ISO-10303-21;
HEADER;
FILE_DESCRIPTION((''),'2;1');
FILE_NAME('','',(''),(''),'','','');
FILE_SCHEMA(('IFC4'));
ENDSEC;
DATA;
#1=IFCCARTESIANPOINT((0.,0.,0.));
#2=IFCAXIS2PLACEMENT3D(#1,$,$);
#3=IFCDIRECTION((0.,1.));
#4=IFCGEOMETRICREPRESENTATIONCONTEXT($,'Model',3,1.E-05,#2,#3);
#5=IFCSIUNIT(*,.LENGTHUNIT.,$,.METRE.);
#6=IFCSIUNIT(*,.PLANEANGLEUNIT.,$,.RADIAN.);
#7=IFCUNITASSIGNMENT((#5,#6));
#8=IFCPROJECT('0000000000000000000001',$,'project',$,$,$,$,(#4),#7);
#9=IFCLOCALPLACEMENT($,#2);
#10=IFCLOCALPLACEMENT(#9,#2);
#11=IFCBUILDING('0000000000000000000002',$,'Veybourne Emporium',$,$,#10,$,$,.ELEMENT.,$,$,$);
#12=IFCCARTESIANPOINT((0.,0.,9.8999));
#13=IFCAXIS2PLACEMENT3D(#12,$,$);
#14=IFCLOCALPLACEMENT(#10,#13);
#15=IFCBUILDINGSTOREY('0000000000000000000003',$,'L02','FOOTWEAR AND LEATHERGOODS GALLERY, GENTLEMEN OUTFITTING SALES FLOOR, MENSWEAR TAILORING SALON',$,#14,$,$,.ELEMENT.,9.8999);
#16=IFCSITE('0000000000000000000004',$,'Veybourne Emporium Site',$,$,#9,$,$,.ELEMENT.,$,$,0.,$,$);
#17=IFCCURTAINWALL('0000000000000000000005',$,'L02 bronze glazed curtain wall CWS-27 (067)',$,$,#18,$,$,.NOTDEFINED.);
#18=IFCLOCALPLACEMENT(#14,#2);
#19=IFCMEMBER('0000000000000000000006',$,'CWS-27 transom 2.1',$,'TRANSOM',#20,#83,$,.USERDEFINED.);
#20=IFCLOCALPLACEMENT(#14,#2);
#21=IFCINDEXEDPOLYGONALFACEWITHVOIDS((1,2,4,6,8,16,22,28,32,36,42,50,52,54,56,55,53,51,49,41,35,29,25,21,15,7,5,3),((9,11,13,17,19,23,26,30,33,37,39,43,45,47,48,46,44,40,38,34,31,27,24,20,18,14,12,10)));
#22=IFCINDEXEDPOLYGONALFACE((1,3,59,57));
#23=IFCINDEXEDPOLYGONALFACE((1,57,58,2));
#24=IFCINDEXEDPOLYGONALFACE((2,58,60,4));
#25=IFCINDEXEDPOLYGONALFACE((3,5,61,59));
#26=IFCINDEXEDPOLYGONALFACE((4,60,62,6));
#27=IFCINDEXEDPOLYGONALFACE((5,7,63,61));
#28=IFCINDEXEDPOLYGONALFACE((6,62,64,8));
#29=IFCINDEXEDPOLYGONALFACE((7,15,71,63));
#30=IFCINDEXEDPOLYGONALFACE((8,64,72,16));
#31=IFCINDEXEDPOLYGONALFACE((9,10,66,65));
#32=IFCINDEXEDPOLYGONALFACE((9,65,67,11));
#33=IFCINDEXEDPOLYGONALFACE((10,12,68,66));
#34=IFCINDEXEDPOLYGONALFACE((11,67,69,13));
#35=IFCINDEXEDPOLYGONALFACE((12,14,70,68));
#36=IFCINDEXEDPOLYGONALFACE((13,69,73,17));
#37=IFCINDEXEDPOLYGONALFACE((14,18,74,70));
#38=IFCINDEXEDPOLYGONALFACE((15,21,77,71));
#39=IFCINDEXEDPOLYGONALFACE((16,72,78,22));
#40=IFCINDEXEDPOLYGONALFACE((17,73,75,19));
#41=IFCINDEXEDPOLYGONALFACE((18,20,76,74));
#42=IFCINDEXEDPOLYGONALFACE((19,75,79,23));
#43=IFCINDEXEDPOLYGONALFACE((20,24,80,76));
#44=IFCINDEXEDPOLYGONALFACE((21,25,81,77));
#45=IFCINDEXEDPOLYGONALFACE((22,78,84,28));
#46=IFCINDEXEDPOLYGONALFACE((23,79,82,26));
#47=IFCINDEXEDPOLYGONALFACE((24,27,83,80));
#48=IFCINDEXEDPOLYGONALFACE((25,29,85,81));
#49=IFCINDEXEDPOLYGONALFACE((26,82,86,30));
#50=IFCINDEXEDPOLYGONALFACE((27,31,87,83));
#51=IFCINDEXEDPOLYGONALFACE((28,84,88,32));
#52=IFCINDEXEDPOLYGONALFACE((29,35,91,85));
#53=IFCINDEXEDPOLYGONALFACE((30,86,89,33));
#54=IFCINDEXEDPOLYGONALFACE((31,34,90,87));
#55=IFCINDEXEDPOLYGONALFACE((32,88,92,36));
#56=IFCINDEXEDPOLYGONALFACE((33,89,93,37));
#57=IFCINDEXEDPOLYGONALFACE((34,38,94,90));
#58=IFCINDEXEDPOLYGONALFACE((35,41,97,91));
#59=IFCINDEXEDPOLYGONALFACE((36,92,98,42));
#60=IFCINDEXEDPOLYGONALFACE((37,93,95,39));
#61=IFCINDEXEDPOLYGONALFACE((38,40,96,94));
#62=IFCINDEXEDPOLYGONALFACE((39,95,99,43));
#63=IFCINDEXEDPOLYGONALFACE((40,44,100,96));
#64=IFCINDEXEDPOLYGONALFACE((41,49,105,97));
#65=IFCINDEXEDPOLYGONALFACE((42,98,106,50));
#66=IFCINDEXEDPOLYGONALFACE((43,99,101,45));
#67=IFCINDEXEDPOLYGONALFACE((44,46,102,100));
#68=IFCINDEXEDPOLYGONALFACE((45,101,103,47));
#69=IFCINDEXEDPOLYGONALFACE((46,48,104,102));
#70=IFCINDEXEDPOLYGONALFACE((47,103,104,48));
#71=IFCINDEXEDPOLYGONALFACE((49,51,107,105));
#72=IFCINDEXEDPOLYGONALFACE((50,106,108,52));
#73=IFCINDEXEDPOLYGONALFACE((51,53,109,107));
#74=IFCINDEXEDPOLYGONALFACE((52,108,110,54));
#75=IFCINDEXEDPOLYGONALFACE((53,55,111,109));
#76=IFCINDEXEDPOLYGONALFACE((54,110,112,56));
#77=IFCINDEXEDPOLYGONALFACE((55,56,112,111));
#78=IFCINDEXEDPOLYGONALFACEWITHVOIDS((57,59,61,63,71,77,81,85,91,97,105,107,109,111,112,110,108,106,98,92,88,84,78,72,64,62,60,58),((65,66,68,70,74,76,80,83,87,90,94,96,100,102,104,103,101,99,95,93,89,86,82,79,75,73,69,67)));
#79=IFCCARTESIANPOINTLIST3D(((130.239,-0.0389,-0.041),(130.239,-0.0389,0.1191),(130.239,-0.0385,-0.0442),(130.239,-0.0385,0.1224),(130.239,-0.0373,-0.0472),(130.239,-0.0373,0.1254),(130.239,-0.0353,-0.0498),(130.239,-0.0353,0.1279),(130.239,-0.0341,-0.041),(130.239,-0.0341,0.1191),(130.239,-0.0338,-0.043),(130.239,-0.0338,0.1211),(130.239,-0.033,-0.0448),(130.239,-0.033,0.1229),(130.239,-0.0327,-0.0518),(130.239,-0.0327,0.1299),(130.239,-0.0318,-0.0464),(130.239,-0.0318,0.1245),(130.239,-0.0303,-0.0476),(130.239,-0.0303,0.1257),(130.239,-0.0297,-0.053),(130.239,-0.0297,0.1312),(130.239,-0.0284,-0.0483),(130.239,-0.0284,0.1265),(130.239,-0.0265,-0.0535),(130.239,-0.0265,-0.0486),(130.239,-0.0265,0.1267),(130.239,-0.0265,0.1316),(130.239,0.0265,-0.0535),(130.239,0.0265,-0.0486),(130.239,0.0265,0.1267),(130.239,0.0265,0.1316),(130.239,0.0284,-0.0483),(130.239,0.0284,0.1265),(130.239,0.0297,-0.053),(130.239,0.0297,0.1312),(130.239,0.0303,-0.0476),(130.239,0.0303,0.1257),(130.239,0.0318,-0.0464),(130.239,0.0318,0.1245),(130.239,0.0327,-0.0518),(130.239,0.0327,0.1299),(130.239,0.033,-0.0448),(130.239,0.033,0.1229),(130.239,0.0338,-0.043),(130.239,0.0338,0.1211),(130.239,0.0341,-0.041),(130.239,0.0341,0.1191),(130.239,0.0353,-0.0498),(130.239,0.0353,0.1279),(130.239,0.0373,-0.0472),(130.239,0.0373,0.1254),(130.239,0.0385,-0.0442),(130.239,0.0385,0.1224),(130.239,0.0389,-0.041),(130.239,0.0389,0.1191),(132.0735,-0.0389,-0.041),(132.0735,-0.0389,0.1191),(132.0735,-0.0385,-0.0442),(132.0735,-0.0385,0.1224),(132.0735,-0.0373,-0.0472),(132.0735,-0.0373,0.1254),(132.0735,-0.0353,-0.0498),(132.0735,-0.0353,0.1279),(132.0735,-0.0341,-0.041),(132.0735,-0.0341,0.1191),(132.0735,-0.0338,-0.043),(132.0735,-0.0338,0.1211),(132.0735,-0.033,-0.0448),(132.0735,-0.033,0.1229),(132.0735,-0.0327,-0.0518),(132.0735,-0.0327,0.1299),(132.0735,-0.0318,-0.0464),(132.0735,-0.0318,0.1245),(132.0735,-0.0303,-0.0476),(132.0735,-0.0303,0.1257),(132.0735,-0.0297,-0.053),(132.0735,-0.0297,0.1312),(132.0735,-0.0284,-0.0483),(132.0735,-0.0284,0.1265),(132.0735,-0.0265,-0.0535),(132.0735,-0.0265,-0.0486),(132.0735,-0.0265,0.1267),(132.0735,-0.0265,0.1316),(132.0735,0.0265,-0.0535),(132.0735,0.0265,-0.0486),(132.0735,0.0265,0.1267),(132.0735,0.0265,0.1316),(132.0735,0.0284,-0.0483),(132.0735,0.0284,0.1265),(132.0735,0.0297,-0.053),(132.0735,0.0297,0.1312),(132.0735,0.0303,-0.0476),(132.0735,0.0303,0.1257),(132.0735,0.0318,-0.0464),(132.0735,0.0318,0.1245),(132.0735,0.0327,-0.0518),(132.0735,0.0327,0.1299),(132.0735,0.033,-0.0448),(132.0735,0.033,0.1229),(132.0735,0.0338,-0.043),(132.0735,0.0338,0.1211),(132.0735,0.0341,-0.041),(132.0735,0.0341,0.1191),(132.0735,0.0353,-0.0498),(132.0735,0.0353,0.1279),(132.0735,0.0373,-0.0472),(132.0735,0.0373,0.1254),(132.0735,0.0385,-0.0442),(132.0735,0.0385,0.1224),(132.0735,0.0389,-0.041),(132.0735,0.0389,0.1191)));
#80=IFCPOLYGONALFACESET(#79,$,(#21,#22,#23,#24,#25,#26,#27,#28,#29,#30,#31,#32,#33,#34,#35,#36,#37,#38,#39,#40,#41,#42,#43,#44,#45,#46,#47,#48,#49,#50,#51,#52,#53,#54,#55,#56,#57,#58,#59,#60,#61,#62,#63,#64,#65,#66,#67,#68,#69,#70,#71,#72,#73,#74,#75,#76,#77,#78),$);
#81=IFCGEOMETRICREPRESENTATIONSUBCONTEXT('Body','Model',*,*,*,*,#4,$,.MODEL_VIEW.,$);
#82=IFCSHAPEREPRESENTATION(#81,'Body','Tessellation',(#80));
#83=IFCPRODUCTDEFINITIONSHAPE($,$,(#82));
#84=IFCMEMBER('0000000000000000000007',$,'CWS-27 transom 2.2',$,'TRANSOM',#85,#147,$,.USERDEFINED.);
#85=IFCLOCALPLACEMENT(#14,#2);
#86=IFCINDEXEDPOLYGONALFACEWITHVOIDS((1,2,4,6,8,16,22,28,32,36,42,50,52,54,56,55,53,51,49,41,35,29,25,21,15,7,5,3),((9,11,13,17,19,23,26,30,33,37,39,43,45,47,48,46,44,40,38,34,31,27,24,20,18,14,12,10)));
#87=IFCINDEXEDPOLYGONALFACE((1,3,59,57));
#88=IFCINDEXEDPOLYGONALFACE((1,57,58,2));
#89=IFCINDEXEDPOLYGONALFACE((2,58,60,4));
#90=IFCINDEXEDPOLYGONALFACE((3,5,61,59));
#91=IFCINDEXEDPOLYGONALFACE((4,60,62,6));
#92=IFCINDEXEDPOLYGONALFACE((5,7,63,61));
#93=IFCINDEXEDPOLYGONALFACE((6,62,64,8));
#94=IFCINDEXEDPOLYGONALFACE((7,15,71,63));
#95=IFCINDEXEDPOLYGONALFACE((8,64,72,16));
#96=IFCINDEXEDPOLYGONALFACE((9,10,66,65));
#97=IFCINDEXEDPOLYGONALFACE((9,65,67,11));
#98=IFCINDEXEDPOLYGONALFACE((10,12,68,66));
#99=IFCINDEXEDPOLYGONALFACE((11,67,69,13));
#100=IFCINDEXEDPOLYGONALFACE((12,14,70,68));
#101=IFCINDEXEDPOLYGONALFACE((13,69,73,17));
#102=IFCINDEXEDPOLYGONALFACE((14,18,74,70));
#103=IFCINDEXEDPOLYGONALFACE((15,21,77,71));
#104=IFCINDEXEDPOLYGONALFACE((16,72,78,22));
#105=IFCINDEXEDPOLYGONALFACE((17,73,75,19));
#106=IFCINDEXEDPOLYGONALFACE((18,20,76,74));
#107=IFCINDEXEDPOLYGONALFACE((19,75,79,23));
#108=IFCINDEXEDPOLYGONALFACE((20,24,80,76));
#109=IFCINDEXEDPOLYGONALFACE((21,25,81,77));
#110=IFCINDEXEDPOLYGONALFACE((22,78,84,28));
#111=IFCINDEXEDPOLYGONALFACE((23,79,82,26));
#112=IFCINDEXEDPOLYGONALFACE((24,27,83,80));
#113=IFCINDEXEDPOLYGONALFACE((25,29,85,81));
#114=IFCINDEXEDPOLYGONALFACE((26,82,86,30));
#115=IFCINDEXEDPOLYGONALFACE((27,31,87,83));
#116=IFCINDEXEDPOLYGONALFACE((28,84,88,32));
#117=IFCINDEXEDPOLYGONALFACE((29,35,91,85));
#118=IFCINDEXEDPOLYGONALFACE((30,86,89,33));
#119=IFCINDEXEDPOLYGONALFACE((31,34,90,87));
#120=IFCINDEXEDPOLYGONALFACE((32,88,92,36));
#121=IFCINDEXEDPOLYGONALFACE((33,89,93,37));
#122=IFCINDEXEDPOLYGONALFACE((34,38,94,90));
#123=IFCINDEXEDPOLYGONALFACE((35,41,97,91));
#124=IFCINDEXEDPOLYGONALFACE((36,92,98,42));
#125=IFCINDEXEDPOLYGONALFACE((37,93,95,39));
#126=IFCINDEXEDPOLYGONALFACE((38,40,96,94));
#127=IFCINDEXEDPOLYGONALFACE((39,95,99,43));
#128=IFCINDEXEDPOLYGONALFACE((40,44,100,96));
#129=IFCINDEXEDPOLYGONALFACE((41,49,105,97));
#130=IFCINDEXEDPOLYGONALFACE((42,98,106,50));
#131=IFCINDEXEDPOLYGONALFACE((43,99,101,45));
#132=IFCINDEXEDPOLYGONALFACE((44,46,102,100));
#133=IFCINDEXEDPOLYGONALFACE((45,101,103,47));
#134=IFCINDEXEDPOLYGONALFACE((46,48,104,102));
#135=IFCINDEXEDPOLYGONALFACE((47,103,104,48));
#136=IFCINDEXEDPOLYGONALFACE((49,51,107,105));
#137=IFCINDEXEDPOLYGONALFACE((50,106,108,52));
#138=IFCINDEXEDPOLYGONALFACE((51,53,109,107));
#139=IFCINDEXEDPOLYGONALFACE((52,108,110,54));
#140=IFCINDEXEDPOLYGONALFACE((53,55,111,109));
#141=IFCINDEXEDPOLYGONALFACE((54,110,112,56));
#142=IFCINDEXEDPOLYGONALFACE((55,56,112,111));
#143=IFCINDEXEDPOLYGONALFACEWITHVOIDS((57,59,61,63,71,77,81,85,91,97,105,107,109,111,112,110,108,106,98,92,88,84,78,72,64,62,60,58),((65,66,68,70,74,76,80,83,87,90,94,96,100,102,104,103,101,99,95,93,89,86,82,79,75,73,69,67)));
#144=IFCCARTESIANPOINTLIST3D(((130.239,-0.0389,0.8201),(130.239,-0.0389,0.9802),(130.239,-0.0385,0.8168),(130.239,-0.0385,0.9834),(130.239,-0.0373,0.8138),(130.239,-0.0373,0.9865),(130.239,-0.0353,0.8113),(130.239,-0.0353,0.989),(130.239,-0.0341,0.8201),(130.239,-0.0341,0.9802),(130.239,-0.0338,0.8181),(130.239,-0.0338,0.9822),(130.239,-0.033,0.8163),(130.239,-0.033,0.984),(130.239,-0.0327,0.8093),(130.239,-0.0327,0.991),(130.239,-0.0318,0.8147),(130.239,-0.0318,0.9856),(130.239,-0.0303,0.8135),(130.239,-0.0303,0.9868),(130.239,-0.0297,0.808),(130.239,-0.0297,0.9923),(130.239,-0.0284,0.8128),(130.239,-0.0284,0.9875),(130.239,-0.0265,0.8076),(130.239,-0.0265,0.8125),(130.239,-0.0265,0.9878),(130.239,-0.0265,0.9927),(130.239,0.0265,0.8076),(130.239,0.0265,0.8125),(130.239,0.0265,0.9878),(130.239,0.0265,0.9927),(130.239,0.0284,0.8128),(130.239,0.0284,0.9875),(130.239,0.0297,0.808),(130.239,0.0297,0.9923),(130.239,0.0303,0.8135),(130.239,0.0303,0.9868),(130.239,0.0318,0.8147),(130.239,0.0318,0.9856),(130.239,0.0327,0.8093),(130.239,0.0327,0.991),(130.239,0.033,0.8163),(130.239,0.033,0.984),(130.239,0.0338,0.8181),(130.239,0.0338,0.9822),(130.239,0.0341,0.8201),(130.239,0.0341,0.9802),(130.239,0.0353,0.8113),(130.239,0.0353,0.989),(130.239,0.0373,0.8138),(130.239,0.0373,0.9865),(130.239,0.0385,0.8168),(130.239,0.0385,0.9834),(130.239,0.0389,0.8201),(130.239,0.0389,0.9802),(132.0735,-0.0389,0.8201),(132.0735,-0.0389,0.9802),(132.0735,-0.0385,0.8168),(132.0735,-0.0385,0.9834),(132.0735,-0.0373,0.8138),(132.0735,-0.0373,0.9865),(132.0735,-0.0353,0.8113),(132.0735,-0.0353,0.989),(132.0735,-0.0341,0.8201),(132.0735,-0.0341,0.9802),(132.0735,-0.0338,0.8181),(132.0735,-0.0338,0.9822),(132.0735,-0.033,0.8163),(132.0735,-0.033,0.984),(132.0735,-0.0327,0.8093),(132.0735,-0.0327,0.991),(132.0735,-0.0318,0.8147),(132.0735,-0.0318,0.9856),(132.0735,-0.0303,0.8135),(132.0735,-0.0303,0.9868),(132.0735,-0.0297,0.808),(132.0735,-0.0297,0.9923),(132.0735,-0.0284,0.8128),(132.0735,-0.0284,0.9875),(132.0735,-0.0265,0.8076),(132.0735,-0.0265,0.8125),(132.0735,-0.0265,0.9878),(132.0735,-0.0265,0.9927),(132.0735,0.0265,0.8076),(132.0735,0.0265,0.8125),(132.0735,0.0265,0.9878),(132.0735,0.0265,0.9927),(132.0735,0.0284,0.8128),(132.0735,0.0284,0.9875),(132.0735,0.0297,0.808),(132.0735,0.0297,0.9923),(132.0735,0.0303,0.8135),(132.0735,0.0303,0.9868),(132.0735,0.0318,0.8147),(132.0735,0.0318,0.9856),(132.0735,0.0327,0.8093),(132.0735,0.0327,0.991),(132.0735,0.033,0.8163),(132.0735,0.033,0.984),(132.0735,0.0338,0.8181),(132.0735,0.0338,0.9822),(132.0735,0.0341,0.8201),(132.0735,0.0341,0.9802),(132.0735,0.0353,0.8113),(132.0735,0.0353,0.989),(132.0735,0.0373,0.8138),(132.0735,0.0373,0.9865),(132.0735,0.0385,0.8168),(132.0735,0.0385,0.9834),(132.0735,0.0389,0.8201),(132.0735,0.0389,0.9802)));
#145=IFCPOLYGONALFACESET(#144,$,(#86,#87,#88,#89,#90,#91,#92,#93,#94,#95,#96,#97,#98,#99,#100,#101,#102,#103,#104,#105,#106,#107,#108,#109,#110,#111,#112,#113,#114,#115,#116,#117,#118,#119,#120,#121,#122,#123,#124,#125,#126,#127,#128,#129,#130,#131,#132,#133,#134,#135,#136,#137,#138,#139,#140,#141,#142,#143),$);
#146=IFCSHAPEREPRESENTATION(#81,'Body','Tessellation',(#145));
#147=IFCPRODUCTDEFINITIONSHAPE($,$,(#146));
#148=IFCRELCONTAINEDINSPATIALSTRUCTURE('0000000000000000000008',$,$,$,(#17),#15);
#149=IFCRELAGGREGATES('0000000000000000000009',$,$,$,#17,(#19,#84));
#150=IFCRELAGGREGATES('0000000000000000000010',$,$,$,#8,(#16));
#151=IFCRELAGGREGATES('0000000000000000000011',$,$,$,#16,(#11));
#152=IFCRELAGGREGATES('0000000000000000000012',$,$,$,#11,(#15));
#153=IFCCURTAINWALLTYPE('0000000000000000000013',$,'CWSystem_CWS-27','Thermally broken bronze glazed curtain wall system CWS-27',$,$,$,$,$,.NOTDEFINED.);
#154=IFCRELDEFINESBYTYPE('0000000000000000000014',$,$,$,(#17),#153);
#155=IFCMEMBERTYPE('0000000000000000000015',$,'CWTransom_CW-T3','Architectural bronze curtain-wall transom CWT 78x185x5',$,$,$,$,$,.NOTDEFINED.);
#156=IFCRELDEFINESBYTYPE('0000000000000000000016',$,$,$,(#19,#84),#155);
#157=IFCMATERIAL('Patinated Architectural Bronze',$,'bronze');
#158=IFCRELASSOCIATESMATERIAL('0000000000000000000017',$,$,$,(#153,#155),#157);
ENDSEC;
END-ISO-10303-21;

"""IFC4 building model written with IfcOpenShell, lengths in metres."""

from ifc_helpers import new_model, si_unit, direction, frame, origin, origin_2d, place, context, subcontext, project, spatial, hollow_rectangle, extrude, material, material_profile, profile_set, type_object, element, aggregate, save


model = new_model("IFC4")

# Units and contexts
model_context = context("Model", 3, precision=1e-05, world=origin(), true_north=direction((0.0, 1.0)))
body_context = subcontext(model_context, "Body", "Model", "MODEL_VIEW")
ifc_project = project(units=[si_unit("LENGTHUNIT", "METRE"), si_unit("PLANEANGLEUNIT", "RADIAN")], contexts=[model_context])

# Site, building, storey
site_placement = place(None, origin())
site = spatial("IfcSite", under=ifc_project, at=site_placement, Name="Veybourne Emporium Site", CompositionType="ELEMENT", RefElevation=0.0)
building_placement = place(site_placement, origin())
building = spatial("IfcBuilding", under=site, at=building_placement, Name="Veybourne Emporium", CompositionType="ELEMENT")
storey_placement = place(building_placement, frame((0.0, 0.0, 9.8999)))
storey = spatial("IfcBuildingStorey", under=building, at=storey_placement, Name="L02", Description="FOOTWEAR AND LEATHERGOODS GALLERY, GENTLEMEN OUTFITTING SALES FLOOR, MENSWEAR TAILORING SALON", CompositionType="ELEMENT", Elevation=9.8999)

# Curtain wall, members
ifc_material_1 = material(Name="Patinated Architectural Bronze", Category="bronze")
curtain_wall_type = type_object("IfcCurtainWallType", Name="CWSystem_CWS-27", Description="Thermally broken bronze glazed curtain wall system CWS-27", PredefinedType="NOTDEFINED", material=ifc_material_1)
curtain_wall_placement = place(storey_placement, origin())
curtain_wall = element("IfcCurtainWall", 1, at=curtain_wall_placement, inside=storey, type_object=curtain_wall_type, Name="L02 bronze glazed curtain wall CWS-27 (067)", PredefinedType="NOTDEFINED")
ifc_material_profile_1 = material_profile(ifc_material_1, hollow_rectangle(XDim=0.0779, YDim=0.1851, WallThickness=0.0049, InnerFilletRadius=0.0076, OuterFilletRadius=0.0125, at=origin_2d()), Name="CWT 78x185x5")
ifc_profile_set_1 = profile_set([ifc_material_profile_1], Name="Patinated Architectural Bronze")
member_type_1 = type_object("IfcMemberType", Name="CWTransom_CW-T3", Description="Architectural bronze curtain-wall transom CWT 78x185x5", PredefinedType="NOTDEFINED", material=ifc_profile_set_1)
member_1_placement = place(storey_placement, frame((132.0735, 0.0, 0.0391), z_axis=(-1.0, 0.0, 0.0), x_axis=(0.0, -1.0, 0.0)))
member_1 = element("IfcMember", 2, at=member_1_placement, type_object=member_type_1, Name="CWS-27 transom 2.1", ObjectType="TRANSOM", PredefinedType="USERDEFINED", context=body_context, shape_type="SweptSolid", body=[
    extrude(hollow_rectangle(XDim=0.0779, YDim=0.1851, WallThickness=0.0049, InnerFilletRadius=0.0076, OuterFilletRadius=0.0125, at=origin_2d()), origin(), (0.0, 0.0, 1.0), 1.8345),
])
member_2_placement = place(storey_placement, frame((132.0735, 0.0, 0.9001), z_axis=(-1.0, 0.0, 0.0), x_axis=(0.0, -1.0, 0.0)))
member_2 = element("IfcMember", 3, at=member_2_placement, type_object=member_type_1, Name="CWS-27 transom 2.2", ObjectType="TRANSOM", PredefinedType="USERDEFINED", context=body_context, shape_type="SweptSolid", body=[
    extrude(hollow_rectangle(XDim=0.0779, YDim=0.1851, WallThickness=0.0049, InnerFilletRadius=0.0076, OuterFilletRadius=0.0125, at=origin_2d()), origin(), (0.0, 0.0, 1.0), 1.8345),
])

aggregate(curtain_wall, [member_1, member_2])

save(model, "model.ifc")
